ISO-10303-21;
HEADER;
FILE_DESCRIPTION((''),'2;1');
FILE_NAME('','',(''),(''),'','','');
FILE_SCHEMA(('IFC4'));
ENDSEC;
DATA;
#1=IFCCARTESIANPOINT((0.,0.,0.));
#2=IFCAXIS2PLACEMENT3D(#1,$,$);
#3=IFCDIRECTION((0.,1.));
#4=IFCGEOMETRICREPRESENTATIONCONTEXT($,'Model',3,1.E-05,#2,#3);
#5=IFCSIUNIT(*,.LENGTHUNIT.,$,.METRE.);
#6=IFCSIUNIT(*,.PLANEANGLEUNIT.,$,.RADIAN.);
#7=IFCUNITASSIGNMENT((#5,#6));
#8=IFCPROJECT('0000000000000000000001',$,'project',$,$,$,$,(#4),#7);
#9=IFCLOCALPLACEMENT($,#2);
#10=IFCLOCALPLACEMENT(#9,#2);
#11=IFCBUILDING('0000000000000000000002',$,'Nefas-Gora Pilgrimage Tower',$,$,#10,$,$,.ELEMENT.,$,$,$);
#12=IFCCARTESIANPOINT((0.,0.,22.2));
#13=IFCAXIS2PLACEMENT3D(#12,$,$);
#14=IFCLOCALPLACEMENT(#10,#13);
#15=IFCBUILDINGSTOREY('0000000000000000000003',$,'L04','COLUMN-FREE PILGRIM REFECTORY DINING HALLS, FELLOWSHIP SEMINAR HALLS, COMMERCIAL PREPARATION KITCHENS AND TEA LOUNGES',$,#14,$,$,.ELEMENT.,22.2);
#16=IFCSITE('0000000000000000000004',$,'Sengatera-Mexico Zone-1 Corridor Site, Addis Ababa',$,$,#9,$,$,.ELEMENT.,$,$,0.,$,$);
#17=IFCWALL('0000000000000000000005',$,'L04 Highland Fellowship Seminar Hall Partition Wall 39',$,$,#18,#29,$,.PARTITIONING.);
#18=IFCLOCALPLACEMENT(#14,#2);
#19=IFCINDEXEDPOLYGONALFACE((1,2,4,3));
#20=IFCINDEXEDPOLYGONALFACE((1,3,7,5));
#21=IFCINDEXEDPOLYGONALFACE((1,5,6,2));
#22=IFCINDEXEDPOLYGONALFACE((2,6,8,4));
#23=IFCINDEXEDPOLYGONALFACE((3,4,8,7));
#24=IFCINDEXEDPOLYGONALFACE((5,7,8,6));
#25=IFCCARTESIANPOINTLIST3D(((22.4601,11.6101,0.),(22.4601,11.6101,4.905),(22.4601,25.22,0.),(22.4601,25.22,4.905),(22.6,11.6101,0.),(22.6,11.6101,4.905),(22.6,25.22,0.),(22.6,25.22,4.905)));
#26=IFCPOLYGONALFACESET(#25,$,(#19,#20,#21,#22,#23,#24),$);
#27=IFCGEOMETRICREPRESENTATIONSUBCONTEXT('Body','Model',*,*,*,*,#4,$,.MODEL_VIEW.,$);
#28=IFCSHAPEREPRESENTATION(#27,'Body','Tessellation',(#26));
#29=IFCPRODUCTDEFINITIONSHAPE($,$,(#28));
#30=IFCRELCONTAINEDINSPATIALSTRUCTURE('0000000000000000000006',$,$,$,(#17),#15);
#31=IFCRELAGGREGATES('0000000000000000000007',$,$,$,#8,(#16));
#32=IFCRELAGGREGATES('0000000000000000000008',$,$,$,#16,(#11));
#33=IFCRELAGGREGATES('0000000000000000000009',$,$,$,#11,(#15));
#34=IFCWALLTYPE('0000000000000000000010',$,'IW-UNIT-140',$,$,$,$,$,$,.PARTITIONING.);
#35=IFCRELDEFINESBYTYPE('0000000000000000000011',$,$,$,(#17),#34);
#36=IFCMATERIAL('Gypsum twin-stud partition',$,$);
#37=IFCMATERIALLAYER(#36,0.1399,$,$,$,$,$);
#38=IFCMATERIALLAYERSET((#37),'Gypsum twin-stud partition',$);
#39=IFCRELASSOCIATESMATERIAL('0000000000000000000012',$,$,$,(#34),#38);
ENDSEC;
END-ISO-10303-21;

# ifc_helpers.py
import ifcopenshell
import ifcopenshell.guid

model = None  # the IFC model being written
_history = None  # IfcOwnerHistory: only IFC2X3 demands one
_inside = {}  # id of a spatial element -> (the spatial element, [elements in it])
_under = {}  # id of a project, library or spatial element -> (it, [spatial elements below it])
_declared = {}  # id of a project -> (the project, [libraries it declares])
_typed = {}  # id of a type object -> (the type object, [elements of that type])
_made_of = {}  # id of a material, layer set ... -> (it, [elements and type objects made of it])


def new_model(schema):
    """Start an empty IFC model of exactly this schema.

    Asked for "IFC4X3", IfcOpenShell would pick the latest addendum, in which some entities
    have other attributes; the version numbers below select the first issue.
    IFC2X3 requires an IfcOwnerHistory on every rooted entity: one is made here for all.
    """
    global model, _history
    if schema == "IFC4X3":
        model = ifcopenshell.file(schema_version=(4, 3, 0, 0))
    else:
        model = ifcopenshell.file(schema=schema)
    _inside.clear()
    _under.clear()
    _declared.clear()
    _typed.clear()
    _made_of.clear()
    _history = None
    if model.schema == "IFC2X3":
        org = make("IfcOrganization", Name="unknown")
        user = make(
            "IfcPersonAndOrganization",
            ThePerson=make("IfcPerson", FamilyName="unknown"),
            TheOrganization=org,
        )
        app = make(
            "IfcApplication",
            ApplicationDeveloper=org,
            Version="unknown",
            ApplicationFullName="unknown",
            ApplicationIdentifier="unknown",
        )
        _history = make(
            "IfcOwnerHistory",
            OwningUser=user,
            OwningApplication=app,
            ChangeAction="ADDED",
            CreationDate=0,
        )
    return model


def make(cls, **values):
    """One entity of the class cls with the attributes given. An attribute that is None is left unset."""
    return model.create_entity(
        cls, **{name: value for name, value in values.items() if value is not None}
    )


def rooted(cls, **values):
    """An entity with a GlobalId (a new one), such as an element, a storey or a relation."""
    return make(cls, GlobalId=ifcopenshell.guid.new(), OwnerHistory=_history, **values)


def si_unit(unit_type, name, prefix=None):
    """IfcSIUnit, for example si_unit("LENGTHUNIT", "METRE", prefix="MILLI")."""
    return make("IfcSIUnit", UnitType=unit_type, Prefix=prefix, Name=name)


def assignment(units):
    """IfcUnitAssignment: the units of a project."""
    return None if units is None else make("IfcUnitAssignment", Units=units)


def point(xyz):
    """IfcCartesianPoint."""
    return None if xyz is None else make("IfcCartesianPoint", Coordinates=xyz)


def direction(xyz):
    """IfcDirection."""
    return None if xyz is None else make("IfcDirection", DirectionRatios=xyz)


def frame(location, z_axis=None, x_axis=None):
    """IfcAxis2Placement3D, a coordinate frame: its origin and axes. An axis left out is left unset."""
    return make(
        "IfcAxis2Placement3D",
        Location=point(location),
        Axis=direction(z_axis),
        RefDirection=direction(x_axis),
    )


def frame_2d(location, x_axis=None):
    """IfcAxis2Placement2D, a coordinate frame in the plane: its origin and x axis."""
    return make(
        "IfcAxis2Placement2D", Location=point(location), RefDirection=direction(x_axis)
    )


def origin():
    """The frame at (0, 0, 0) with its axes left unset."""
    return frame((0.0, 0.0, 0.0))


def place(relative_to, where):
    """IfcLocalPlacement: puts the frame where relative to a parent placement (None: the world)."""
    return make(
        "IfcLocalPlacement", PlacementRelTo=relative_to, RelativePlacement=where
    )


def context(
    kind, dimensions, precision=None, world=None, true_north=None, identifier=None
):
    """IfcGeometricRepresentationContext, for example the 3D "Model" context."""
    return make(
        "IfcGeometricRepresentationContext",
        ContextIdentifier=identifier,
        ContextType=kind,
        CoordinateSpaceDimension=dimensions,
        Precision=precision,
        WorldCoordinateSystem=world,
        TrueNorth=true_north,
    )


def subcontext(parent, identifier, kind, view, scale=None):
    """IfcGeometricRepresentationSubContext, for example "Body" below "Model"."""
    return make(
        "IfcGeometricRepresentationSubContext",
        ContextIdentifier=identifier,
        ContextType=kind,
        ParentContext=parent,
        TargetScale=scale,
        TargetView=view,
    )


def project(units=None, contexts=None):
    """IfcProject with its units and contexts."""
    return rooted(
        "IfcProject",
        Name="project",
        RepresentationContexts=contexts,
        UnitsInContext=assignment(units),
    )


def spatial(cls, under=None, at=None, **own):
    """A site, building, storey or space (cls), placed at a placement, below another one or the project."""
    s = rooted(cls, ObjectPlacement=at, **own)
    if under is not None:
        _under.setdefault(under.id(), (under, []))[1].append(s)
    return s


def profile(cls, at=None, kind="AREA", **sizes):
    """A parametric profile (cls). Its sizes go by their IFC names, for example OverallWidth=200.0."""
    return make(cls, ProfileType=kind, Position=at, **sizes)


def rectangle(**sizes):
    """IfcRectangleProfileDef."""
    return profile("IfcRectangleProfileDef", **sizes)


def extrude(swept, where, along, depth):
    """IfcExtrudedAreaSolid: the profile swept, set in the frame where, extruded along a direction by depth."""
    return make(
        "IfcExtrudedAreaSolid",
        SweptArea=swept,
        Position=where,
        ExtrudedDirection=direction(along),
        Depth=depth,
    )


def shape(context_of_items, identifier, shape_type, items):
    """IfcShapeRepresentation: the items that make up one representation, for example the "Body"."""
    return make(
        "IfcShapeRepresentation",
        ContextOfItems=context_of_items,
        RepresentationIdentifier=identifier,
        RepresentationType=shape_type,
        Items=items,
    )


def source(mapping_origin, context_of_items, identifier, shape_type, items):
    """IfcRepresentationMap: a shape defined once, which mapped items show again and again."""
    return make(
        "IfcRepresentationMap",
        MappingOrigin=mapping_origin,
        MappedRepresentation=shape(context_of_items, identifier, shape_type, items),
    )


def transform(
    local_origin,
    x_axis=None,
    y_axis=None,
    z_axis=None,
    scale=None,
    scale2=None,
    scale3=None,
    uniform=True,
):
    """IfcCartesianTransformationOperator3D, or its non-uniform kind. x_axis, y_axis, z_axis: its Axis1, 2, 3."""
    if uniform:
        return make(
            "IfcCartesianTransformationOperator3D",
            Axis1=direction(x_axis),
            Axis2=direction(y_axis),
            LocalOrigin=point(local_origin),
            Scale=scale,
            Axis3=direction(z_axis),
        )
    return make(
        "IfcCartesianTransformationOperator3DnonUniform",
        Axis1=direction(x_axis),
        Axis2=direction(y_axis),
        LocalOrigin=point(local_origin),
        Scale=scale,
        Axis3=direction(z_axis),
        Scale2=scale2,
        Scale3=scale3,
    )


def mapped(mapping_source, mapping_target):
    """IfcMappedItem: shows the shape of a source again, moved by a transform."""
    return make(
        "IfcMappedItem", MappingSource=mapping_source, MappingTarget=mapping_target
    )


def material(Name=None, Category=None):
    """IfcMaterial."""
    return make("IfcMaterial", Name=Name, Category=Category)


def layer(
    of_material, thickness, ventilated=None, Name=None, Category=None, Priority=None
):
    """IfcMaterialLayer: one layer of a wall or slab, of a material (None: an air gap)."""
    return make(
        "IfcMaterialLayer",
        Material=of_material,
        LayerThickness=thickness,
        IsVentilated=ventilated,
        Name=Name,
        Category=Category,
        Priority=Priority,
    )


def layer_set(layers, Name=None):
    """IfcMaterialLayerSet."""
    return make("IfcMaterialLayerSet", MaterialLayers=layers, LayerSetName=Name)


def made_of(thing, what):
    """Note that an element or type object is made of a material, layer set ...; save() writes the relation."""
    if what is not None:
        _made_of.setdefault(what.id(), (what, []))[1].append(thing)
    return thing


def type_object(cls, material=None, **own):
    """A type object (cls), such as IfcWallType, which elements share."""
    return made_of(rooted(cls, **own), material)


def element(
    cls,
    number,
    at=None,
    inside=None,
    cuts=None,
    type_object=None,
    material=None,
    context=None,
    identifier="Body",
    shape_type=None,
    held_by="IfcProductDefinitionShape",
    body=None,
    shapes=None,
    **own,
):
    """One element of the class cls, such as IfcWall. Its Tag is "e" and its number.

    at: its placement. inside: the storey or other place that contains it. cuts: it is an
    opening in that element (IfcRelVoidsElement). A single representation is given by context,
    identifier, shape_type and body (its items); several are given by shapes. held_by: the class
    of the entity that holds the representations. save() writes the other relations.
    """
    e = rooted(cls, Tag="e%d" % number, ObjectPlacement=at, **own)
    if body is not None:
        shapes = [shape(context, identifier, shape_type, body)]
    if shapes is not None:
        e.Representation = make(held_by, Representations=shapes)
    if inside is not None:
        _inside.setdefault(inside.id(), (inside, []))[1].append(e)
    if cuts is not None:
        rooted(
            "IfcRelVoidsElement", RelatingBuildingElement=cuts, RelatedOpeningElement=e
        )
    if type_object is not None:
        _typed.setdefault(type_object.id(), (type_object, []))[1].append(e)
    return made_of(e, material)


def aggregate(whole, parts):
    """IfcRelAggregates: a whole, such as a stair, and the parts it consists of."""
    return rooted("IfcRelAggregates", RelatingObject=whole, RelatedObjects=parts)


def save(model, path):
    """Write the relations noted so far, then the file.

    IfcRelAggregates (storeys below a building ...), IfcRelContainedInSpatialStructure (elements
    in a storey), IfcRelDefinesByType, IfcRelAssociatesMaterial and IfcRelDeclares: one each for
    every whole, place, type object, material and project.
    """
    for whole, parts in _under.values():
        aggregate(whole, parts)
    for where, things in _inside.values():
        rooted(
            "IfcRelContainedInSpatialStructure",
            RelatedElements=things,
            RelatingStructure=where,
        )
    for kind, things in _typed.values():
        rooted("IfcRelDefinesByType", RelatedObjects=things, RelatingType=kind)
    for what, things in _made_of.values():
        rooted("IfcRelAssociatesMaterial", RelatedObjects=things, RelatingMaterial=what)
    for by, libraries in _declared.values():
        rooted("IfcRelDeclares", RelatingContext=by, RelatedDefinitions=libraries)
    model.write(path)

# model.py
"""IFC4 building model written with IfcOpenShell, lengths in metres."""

from ifc_helpers import new_model, si_unit, direction, frame, frame_2d, origin, place, context, subcontext, project, spatial, rectangle, extrude, source, transform, mapped, material, layer, layer_set, type_object, element, save


model = new_model("IFC4")

# Units and contexts
model_context = context("Model", 3, precision=1e-05, world=origin(), true_north=direction((0.0, 1.0)))
body_context = subcontext(model_context, "Body", "Model", "MODEL_VIEW")
ifc_project = project(units=[si_unit("LENGTHUNIT", "METRE"), si_unit("PLANEANGLEUNIT", "RADIAN")], contexts=[model_context])

# Site, building, storey
site_placement = place(None, origin())
site = spatial("IfcSite", under=ifc_project, at=site_placement, Name="Sengatera-Mexico Zone-1 Corridor Site, Addis Ababa", CompositionType="ELEMENT", RefElevation=0.0)
building_placement = place(site_placement, origin())
building = spatial("IfcBuilding", under=site, at=building_placement, Name="Nefas-Gora Pilgrimage Tower", CompositionType="ELEMENT")
storey_placement = place(building_placement, frame((0.0, 0.0, 22.2)))
storey = spatial("IfcBuildingStorey", under=building, at=storey_placement, Name="L04", Description="COLUMN-FREE PILGRIM REFECTORY DINING HALLS, FELLOWSHIP SEMINAR HALLS, COMMERCIAL PREPARATION KITCHENS AND TEA LOUNGES", CompositionType="ELEMENT", Elevation=22.2)

# Wall
ifc_material_1 = material(Name="Gypsum twin-stud partition")
ifc_layer_1 = layer(ifc_material_1, 0.1399)
ifc_layer_set_1 = layer_set([ifc_layer_1], Name="Gypsum twin-stud partition")
wall_type_1 = type_object("IfcWallType", Name="IW-UNIT-140", PredefinedType="PARTITIONING", material=ifc_layer_set_1)
shared_shape_1 = source(origin(), body_context, "Body", "SweptSolid", [
    extrude(rectangle(XDim=13.6099, YDim=0.1399, at=frame_2d((6.8049, 0.0))), origin(), (0.0, 0.0, 1.0), 4.905),
])
wall_1_placement = place(storey_placement, frame((22.53, 11.6101, 0.0), z_axis=(0.0, 0.0, 1.0), x_axis=(0.0, 1.0, 0.0)))
element("IfcWall", 1, at=wall_1_placement, inside=storey, type_object=wall_type_1, Name="L04 Highland Fellowship Seminar Hall Partition Wall 39", PredefinedType="PARTITIONING", context=body_context, shape_type="MappedRepresentation", body=[
    mapped(shared_shape_1, transform((0.0, 0.0, 0.0), x_axis=(1.0, 0.0, 0.0), y_axis=(0.0, 1.0, 0.0), z_axis=(0.0, 0.0, 1.0), scale=1.0)),
])

save(model, "model.ifc")
